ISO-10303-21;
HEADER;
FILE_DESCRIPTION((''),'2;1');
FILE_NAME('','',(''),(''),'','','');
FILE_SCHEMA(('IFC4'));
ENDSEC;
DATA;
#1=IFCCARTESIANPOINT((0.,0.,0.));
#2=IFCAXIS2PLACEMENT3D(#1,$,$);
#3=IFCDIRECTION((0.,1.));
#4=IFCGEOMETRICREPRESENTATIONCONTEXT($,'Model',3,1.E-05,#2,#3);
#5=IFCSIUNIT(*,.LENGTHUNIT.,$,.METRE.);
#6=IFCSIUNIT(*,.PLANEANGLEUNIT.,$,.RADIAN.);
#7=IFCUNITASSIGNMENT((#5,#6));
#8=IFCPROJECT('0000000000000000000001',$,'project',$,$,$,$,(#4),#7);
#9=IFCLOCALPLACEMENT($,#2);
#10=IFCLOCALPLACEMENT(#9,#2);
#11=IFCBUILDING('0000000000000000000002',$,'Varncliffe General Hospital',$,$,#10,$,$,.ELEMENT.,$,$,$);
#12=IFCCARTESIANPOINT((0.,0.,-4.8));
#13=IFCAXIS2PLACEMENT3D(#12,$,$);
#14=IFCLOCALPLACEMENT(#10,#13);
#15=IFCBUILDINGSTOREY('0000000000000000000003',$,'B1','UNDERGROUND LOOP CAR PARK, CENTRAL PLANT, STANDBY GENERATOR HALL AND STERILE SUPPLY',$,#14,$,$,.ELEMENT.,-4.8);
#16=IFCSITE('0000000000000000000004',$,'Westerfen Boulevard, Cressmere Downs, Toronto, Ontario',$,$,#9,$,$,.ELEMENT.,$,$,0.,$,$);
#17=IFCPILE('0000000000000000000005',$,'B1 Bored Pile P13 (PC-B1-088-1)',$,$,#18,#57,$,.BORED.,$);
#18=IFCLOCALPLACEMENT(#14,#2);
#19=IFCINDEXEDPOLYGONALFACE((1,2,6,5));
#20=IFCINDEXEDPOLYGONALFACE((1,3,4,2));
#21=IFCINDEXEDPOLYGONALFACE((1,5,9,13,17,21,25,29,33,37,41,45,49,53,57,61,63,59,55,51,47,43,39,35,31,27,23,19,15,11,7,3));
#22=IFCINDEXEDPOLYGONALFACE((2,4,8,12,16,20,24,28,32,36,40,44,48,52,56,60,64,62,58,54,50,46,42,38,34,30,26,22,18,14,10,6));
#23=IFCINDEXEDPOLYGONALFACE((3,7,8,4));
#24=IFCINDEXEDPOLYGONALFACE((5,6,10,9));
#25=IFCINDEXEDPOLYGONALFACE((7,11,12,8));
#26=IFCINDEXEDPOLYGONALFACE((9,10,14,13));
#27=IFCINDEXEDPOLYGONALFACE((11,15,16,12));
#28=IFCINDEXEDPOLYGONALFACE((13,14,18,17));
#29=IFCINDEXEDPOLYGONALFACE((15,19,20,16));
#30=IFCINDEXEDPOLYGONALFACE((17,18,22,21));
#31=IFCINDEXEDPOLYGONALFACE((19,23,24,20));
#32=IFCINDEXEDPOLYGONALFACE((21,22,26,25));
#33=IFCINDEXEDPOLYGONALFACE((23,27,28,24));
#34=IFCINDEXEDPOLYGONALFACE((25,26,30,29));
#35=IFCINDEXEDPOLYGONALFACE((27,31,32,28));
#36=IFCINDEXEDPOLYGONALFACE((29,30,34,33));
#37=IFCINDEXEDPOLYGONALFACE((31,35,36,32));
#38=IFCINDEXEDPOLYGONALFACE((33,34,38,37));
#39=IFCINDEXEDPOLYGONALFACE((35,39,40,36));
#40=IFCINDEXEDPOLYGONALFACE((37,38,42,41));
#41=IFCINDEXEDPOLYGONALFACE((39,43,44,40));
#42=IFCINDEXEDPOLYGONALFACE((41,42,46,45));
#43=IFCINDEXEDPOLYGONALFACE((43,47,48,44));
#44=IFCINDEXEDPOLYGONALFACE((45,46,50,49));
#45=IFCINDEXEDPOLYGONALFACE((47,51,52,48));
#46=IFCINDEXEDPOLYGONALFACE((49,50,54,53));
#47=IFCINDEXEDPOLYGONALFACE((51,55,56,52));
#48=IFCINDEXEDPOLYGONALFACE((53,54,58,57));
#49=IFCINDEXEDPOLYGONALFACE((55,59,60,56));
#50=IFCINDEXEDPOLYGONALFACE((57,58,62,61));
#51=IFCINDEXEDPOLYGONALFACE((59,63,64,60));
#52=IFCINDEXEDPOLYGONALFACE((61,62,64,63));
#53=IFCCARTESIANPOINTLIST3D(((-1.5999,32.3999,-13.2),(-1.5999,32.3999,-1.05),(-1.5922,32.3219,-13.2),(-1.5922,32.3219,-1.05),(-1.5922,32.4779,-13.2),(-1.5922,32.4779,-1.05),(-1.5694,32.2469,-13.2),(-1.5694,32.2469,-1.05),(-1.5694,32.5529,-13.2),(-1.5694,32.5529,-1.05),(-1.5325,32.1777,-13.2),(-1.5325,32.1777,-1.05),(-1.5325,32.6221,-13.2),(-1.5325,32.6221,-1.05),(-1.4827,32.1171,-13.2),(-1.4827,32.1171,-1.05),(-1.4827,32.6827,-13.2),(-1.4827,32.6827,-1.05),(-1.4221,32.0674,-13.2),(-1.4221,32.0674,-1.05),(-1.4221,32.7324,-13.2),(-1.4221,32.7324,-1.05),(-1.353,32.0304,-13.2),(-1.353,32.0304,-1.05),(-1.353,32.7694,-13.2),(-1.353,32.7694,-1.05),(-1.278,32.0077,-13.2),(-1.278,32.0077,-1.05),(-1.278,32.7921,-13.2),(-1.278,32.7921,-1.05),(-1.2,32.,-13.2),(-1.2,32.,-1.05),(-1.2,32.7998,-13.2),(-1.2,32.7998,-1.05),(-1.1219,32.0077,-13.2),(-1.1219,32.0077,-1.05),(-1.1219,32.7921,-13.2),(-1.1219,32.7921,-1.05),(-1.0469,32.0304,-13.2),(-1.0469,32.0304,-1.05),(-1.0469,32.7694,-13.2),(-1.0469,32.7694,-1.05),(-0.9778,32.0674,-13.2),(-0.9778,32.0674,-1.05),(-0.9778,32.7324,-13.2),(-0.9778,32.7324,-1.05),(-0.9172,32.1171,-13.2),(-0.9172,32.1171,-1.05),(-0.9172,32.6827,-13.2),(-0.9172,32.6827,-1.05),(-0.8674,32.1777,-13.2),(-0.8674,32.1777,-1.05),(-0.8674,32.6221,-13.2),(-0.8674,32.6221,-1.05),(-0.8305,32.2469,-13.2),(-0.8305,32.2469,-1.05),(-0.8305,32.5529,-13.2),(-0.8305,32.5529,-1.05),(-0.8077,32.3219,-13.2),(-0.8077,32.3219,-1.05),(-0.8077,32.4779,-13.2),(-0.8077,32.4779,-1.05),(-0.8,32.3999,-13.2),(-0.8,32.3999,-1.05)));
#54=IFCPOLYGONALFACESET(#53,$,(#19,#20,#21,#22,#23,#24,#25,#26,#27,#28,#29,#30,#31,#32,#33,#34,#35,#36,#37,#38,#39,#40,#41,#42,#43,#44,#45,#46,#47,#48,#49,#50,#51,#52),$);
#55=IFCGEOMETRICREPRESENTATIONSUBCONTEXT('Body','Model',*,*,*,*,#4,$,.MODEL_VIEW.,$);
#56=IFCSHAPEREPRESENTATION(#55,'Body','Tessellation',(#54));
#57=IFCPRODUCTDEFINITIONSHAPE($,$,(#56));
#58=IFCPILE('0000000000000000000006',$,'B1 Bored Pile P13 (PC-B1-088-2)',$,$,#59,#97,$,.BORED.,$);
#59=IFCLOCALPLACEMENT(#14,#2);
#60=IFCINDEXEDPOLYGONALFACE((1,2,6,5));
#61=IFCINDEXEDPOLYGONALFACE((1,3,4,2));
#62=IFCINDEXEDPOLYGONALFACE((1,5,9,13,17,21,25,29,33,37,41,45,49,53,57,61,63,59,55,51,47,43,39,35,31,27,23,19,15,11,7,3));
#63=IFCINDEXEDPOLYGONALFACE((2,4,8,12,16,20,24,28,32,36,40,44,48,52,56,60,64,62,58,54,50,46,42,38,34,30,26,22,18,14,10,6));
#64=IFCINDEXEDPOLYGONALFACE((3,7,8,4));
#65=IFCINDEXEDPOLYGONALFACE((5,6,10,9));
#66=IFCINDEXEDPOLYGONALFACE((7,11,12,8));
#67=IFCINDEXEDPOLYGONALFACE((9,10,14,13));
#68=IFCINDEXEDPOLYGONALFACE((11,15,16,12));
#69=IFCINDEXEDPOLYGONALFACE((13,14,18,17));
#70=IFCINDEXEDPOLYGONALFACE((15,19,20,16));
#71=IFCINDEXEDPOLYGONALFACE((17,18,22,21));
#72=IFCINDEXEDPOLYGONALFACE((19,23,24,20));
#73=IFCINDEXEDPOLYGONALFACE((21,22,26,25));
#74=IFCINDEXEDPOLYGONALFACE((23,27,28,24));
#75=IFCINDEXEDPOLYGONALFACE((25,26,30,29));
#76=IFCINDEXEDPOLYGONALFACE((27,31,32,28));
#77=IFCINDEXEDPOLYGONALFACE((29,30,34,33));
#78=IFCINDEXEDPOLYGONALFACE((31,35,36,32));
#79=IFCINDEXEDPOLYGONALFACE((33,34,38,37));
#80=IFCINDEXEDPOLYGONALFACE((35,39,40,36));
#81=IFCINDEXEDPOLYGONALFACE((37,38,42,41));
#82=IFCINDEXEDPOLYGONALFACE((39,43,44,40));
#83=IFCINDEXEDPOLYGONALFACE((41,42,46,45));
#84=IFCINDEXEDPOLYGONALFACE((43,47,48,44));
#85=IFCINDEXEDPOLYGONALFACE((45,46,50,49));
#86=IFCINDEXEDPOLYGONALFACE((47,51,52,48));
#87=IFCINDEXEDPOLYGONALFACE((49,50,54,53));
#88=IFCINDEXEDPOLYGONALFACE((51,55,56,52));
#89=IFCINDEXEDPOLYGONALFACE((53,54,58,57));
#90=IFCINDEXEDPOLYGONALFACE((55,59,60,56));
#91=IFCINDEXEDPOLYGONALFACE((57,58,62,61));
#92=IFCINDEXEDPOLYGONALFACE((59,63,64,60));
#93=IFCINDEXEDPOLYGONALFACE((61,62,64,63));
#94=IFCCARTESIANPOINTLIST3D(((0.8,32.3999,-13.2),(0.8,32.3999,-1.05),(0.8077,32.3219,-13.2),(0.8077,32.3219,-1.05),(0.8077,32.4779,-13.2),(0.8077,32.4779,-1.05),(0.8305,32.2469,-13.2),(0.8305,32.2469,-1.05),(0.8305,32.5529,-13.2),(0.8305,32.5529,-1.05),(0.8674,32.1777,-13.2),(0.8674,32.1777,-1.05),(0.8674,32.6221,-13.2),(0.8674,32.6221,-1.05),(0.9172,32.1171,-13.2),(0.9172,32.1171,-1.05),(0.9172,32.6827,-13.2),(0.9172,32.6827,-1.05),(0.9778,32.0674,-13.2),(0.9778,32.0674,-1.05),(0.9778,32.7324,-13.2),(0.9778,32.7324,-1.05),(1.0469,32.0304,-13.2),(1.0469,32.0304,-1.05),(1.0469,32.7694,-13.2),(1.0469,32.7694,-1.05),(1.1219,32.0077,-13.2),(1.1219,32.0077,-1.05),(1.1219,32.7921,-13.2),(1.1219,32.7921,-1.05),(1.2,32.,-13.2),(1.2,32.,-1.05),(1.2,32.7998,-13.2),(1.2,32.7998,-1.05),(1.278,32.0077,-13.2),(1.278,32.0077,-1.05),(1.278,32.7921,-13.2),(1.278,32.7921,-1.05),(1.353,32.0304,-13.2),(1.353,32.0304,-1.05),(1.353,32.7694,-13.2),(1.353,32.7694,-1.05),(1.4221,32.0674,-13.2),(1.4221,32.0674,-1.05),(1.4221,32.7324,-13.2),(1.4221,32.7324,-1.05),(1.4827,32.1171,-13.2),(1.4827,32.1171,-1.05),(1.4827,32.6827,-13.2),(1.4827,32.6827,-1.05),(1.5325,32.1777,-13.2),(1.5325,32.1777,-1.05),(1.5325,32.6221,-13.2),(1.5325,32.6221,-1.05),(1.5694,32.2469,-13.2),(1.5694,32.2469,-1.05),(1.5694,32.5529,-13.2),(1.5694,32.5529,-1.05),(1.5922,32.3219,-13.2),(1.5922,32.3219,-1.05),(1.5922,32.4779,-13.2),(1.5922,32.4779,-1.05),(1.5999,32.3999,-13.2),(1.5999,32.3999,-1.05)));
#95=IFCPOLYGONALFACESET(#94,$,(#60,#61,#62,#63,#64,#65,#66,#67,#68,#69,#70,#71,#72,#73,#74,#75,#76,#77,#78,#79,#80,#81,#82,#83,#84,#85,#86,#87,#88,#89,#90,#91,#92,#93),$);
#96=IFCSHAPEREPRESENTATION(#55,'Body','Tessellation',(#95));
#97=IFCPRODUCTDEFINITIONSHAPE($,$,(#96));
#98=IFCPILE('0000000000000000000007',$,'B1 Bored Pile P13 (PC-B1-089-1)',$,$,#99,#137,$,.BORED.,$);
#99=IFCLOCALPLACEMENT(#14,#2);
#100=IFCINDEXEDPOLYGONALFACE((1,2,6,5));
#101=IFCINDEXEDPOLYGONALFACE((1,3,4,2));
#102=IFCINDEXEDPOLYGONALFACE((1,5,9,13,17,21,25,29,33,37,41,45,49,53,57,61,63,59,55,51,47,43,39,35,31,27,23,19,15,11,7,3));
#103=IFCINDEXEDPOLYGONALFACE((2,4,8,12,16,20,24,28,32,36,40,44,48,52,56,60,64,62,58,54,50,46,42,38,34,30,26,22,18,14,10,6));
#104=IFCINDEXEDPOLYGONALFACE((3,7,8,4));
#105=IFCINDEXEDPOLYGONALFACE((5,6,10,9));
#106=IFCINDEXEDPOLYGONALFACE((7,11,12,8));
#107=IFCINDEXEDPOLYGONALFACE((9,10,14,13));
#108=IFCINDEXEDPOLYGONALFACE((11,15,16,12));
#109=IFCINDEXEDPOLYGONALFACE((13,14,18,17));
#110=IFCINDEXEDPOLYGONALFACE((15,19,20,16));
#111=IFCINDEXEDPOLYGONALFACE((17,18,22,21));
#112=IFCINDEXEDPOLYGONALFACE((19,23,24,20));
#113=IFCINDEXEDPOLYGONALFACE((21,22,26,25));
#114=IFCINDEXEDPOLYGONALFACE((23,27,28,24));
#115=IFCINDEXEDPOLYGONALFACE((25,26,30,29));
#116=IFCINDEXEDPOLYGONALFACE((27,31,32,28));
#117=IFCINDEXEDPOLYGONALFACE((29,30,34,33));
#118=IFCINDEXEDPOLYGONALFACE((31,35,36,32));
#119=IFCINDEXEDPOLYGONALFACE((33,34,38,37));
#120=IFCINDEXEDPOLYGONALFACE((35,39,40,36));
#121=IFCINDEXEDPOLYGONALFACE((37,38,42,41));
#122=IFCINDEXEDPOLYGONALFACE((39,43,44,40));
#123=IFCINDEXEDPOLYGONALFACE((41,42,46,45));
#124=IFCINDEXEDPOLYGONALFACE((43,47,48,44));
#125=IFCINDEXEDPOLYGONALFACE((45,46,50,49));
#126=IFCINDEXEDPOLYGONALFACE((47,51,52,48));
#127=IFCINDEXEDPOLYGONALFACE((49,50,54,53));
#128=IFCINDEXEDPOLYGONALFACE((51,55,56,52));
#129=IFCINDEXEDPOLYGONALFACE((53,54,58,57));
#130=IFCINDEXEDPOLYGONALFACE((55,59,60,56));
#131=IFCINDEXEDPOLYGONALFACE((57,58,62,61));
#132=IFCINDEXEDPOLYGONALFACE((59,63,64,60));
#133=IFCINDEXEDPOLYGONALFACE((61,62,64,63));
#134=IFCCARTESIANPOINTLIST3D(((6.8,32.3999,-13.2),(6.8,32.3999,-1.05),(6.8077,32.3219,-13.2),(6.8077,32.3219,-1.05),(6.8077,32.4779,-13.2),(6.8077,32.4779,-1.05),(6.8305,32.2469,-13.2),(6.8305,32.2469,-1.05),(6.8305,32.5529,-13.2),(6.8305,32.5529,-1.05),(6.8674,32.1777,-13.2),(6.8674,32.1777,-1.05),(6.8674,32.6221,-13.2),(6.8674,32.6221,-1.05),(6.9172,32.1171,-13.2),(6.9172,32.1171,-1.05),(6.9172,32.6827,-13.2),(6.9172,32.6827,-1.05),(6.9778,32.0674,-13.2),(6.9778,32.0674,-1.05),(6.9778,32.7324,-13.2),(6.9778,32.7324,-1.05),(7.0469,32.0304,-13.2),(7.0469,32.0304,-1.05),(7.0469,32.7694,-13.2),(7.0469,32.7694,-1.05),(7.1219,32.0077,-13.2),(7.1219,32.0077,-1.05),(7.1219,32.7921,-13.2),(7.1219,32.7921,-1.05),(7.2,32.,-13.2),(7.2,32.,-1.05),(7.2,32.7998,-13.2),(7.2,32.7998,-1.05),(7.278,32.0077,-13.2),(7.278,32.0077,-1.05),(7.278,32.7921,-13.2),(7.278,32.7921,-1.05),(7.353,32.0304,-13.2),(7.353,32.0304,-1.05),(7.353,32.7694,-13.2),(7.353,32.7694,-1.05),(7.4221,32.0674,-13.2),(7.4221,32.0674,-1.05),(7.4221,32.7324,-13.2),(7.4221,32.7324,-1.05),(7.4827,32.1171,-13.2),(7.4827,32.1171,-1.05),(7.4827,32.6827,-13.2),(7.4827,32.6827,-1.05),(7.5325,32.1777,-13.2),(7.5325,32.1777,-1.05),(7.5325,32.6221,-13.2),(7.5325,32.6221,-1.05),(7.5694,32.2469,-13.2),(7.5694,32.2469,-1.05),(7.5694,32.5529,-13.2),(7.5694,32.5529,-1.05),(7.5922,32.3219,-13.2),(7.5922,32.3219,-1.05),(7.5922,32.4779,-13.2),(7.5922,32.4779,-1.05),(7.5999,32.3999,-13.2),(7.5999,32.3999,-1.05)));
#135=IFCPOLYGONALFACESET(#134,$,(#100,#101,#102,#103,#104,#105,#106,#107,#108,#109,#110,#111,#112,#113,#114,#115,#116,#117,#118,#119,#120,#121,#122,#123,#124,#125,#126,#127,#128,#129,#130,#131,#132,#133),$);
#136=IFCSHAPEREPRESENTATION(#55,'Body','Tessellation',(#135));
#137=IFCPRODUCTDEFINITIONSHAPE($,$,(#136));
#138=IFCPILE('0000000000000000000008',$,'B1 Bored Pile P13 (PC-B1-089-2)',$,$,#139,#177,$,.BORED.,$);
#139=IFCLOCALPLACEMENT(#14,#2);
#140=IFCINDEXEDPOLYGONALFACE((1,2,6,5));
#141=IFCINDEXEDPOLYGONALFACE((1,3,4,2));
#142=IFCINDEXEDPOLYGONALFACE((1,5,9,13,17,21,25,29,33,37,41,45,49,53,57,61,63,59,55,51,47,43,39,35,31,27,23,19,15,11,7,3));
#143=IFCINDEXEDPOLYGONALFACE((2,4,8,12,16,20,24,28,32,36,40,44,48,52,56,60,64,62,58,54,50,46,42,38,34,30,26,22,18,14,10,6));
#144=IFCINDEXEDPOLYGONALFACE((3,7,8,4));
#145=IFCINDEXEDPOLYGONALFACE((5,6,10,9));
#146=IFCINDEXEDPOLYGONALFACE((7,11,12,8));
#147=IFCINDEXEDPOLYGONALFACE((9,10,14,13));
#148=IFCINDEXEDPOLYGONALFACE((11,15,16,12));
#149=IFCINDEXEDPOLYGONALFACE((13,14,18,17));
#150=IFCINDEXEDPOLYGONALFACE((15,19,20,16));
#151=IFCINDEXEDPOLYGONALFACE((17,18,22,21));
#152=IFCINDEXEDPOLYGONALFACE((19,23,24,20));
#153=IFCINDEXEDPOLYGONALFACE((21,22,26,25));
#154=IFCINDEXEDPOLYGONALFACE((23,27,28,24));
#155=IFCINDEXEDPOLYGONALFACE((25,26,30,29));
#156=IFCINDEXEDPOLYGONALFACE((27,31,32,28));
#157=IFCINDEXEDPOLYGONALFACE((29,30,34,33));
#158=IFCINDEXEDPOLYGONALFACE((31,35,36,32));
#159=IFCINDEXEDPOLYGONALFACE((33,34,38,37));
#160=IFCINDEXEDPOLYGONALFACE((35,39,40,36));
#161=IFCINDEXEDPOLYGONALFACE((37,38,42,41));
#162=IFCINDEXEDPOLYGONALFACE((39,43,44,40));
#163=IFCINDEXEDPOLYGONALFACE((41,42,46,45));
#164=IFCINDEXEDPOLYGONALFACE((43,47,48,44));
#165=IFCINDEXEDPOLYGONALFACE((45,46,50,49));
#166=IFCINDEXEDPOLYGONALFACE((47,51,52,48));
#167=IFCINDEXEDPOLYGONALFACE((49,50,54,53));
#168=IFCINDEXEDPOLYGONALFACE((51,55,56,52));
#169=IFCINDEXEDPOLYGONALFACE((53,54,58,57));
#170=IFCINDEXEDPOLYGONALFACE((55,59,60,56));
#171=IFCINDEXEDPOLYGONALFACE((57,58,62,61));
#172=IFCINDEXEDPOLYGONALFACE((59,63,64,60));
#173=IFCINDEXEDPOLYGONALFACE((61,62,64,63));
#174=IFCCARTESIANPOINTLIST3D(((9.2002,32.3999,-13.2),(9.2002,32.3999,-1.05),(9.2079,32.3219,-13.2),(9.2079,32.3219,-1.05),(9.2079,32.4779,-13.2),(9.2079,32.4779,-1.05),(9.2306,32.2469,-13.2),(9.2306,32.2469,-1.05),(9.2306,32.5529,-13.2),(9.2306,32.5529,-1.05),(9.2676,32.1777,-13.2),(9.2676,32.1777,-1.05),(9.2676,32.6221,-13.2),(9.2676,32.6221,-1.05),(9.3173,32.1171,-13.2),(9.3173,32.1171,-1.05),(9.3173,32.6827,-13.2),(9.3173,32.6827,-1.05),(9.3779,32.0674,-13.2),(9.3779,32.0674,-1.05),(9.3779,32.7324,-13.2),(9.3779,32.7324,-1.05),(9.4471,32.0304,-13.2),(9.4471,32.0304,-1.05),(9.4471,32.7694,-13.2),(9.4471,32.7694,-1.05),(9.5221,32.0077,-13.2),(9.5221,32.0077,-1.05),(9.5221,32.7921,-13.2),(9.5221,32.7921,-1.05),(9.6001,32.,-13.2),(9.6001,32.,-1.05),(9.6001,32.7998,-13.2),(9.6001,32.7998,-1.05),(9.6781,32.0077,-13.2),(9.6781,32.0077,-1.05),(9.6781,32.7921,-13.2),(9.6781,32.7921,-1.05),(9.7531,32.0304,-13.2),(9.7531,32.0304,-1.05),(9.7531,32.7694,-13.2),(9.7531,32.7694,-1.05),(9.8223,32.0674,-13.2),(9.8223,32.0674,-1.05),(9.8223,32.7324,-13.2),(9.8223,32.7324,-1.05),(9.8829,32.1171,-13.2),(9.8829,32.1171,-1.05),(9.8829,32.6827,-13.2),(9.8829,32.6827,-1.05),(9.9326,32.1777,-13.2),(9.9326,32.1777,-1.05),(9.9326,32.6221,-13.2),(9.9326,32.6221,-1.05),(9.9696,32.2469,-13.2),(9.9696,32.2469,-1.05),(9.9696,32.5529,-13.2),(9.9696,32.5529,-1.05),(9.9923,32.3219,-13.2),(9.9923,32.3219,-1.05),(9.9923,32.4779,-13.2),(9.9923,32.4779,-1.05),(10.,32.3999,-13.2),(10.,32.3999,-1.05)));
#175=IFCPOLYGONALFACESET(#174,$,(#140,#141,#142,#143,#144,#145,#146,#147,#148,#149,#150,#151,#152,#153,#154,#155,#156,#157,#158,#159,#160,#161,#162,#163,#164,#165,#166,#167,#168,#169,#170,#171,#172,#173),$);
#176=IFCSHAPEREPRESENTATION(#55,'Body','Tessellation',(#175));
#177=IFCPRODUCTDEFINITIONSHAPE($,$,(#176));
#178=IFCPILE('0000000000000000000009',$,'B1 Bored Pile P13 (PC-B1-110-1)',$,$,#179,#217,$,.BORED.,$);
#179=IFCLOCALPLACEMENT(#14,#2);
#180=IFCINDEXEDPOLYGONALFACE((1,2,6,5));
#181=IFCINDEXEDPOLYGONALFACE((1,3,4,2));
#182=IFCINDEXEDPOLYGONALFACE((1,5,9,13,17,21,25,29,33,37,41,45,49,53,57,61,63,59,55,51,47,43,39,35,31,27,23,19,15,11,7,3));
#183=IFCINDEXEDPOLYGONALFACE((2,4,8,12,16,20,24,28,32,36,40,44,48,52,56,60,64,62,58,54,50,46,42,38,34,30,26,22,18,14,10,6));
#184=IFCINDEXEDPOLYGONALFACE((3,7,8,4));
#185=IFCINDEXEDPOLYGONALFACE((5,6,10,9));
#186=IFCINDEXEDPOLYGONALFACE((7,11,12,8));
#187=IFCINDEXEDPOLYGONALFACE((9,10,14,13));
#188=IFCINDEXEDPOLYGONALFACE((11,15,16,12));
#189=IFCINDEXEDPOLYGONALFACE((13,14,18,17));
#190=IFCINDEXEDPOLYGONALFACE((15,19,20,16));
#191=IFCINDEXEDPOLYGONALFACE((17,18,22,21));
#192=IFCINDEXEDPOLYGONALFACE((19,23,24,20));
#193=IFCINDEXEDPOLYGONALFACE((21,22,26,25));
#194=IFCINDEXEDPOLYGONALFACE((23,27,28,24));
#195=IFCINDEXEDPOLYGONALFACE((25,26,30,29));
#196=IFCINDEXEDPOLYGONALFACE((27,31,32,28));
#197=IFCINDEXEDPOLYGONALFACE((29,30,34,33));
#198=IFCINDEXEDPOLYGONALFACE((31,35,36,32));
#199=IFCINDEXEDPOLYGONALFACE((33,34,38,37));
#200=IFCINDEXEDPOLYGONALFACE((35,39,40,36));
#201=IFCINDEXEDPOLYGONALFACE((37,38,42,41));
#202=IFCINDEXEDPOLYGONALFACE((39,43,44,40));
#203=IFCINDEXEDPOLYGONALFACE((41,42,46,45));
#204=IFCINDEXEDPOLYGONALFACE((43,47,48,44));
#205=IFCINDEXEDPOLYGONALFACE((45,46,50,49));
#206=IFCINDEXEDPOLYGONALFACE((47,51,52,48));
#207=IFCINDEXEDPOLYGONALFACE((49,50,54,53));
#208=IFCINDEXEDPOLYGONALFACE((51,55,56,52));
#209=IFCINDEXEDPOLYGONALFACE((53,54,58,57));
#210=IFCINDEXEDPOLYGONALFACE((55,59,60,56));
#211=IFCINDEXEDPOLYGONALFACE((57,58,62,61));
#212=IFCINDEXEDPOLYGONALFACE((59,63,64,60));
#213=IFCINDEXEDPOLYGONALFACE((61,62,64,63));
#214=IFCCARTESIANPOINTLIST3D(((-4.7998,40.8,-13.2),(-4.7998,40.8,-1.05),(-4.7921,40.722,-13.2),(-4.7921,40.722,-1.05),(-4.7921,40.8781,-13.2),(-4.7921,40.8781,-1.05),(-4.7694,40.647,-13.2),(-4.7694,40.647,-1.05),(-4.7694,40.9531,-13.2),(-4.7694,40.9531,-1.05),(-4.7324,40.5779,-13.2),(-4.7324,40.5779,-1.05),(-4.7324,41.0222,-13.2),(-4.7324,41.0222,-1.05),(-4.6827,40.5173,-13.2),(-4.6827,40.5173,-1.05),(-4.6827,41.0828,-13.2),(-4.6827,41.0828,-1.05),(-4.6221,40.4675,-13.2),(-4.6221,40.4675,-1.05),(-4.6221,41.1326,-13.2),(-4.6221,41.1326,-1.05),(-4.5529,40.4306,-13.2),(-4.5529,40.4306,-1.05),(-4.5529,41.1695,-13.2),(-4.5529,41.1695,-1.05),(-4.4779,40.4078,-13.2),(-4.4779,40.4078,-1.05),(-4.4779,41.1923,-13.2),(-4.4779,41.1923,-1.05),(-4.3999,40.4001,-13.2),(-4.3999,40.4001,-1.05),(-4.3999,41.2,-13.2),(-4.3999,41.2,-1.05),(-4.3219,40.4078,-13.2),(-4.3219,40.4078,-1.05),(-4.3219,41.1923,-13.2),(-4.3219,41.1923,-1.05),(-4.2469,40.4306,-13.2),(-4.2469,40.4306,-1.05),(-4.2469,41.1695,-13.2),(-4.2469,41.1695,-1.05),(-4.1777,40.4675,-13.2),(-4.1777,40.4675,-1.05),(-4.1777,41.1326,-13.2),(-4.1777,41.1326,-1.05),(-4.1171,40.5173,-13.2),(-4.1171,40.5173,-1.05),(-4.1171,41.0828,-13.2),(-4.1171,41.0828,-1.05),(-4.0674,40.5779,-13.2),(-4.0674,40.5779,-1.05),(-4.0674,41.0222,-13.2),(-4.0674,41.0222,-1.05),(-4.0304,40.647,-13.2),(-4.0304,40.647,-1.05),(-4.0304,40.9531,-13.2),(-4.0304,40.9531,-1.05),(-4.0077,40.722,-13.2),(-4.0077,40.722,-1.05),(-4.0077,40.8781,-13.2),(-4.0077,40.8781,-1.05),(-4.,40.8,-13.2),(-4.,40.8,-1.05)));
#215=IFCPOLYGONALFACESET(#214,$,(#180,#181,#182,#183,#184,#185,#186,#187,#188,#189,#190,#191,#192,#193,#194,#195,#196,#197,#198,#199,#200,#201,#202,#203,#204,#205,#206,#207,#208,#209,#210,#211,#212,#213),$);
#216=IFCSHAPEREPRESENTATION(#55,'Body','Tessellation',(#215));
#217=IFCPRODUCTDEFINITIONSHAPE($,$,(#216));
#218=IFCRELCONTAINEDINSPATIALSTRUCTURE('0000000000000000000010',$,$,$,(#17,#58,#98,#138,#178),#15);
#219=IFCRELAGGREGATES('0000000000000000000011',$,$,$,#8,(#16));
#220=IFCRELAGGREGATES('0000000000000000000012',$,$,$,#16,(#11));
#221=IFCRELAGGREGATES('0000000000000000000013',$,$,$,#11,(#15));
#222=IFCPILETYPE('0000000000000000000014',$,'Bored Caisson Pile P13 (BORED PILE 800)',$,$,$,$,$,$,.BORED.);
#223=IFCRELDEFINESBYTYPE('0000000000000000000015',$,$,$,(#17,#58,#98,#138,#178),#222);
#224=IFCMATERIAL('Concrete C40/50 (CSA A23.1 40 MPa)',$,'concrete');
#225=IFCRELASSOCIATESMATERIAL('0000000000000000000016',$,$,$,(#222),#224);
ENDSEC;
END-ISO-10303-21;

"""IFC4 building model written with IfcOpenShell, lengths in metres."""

from ifc_helpers import new_model, si_unit, direction, frame, origin, origin_2d, place, context, subcontext, project, spatial, circle, extrude, material, material_profile, profile_set, type_object, element, save


model = new_model("IFC4")

# Units and contexts
model_context = context("Model", 3, precision=1e-05, world=origin(), true_north=direction((0.0, 1.0)))
body_context = subcontext(model_context, "Body", "Model", "MODEL_VIEW")
ifc_project = project(units=[si_unit("LENGTHUNIT", "METRE"), si_unit("PLANEANGLEUNIT", "RADIAN")], contexts=[model_context])

# Site, building, storey
site_placement = place(None, origin())
site = spatial("IfcSite", under=ifc_project, at=site_placement, Name="Westerfen Boulevard, Cressmere Downs, Toronto, Ontario", CompositionType="ELEMENT", RefElevation=0.0)
building_placement = place(site_placement, origin())
building = spatial("IfcBuilding", under=site, at=building_placement, Name="Varncliffe General Hospital", CompositionType="ELEMENT")
storey_placement = place(building_placement, frame((0.0, 0.0, -4.8)))
storey = spatial("IfcBuildingStorey", under=building, at=storey_placement, Name="B1", Description="UNDERGROUND LOOP CAR PARK, CENTRAL PLANT, STANDBY GENERATOR HALL AND STERILE SUPPLY", CompositionType="ELEMENT", Elevation=-4.8)

# Piles
ifc_material_1 = material(Name="Concrete C40/50 (CSA A23.1 40 MPa)", Category="concrete")
ifc_material_profile_1 = material_profile(ifc_material_1, circle(Radius=0.3999, at=origin_2d()), Name="BORED PILE 800")
ifc_profile_set_1 = profile_set([ifc_material_profile_1], Name="Concrete C40/50 (CSA A23.1 40 MPa)")
pile_type = type_object("IfcPileType", Name="Bored Caisson Pile P13 (BORED PILE 800)", PredefinedType="BORED", material=ifc_profile_set_1)
for number, where, z_axis, x_axis, name in (
    (1, (-1.2, 32.3999, -1.05), (0.0, 0.0, -1.0), (1.0, 0.0, 0.0), "B1 Bored Pile P13 (PC-B1-088-1)"),
    (2, (1.2, 32.3999, -1.05), (0.0, 0.0, -1.0), (1.0, 0.0, 0.0), "B1 Bored Pile P13 (PC-B1-088-2)"),
    (3, (7.2, 32.3999, -1.05), (0.0, 0.0, -1.0), (1.0, 0.0, 0.0), "B1 Bored Pile P13 (PC-B1-089-1)"),
    (4, (9.6001, 32.3999, -1.05), (0.0, 0.0, -1.0), (1.0, 0.0, 0.0), "B1 Bored Pile P13 (PC-B1-089-2)"),
    (5, (-4.3999, 40.8, -1.05), (0.0, 0.0, -1.0), (1.0, 0.0, 0.0), "B1 Bored Pile P13 (PC-B1-110-1)"),
):
    element("IfcPile", number, at=place(storey_placement, frame(where, z_axis=z_axis, x_axis=x_axis)), inside=storey, type_object=pile_type, Name=name, PredefinedType="BORED", context=body_context, shape_type="SweptSolid", body=[
        extrude(circle(Radius=0.3999, at=origin_2d()), origin(), (0.0, 0.0, 1.0), 12.1499),
    ])

save(model, "model.ifc")
